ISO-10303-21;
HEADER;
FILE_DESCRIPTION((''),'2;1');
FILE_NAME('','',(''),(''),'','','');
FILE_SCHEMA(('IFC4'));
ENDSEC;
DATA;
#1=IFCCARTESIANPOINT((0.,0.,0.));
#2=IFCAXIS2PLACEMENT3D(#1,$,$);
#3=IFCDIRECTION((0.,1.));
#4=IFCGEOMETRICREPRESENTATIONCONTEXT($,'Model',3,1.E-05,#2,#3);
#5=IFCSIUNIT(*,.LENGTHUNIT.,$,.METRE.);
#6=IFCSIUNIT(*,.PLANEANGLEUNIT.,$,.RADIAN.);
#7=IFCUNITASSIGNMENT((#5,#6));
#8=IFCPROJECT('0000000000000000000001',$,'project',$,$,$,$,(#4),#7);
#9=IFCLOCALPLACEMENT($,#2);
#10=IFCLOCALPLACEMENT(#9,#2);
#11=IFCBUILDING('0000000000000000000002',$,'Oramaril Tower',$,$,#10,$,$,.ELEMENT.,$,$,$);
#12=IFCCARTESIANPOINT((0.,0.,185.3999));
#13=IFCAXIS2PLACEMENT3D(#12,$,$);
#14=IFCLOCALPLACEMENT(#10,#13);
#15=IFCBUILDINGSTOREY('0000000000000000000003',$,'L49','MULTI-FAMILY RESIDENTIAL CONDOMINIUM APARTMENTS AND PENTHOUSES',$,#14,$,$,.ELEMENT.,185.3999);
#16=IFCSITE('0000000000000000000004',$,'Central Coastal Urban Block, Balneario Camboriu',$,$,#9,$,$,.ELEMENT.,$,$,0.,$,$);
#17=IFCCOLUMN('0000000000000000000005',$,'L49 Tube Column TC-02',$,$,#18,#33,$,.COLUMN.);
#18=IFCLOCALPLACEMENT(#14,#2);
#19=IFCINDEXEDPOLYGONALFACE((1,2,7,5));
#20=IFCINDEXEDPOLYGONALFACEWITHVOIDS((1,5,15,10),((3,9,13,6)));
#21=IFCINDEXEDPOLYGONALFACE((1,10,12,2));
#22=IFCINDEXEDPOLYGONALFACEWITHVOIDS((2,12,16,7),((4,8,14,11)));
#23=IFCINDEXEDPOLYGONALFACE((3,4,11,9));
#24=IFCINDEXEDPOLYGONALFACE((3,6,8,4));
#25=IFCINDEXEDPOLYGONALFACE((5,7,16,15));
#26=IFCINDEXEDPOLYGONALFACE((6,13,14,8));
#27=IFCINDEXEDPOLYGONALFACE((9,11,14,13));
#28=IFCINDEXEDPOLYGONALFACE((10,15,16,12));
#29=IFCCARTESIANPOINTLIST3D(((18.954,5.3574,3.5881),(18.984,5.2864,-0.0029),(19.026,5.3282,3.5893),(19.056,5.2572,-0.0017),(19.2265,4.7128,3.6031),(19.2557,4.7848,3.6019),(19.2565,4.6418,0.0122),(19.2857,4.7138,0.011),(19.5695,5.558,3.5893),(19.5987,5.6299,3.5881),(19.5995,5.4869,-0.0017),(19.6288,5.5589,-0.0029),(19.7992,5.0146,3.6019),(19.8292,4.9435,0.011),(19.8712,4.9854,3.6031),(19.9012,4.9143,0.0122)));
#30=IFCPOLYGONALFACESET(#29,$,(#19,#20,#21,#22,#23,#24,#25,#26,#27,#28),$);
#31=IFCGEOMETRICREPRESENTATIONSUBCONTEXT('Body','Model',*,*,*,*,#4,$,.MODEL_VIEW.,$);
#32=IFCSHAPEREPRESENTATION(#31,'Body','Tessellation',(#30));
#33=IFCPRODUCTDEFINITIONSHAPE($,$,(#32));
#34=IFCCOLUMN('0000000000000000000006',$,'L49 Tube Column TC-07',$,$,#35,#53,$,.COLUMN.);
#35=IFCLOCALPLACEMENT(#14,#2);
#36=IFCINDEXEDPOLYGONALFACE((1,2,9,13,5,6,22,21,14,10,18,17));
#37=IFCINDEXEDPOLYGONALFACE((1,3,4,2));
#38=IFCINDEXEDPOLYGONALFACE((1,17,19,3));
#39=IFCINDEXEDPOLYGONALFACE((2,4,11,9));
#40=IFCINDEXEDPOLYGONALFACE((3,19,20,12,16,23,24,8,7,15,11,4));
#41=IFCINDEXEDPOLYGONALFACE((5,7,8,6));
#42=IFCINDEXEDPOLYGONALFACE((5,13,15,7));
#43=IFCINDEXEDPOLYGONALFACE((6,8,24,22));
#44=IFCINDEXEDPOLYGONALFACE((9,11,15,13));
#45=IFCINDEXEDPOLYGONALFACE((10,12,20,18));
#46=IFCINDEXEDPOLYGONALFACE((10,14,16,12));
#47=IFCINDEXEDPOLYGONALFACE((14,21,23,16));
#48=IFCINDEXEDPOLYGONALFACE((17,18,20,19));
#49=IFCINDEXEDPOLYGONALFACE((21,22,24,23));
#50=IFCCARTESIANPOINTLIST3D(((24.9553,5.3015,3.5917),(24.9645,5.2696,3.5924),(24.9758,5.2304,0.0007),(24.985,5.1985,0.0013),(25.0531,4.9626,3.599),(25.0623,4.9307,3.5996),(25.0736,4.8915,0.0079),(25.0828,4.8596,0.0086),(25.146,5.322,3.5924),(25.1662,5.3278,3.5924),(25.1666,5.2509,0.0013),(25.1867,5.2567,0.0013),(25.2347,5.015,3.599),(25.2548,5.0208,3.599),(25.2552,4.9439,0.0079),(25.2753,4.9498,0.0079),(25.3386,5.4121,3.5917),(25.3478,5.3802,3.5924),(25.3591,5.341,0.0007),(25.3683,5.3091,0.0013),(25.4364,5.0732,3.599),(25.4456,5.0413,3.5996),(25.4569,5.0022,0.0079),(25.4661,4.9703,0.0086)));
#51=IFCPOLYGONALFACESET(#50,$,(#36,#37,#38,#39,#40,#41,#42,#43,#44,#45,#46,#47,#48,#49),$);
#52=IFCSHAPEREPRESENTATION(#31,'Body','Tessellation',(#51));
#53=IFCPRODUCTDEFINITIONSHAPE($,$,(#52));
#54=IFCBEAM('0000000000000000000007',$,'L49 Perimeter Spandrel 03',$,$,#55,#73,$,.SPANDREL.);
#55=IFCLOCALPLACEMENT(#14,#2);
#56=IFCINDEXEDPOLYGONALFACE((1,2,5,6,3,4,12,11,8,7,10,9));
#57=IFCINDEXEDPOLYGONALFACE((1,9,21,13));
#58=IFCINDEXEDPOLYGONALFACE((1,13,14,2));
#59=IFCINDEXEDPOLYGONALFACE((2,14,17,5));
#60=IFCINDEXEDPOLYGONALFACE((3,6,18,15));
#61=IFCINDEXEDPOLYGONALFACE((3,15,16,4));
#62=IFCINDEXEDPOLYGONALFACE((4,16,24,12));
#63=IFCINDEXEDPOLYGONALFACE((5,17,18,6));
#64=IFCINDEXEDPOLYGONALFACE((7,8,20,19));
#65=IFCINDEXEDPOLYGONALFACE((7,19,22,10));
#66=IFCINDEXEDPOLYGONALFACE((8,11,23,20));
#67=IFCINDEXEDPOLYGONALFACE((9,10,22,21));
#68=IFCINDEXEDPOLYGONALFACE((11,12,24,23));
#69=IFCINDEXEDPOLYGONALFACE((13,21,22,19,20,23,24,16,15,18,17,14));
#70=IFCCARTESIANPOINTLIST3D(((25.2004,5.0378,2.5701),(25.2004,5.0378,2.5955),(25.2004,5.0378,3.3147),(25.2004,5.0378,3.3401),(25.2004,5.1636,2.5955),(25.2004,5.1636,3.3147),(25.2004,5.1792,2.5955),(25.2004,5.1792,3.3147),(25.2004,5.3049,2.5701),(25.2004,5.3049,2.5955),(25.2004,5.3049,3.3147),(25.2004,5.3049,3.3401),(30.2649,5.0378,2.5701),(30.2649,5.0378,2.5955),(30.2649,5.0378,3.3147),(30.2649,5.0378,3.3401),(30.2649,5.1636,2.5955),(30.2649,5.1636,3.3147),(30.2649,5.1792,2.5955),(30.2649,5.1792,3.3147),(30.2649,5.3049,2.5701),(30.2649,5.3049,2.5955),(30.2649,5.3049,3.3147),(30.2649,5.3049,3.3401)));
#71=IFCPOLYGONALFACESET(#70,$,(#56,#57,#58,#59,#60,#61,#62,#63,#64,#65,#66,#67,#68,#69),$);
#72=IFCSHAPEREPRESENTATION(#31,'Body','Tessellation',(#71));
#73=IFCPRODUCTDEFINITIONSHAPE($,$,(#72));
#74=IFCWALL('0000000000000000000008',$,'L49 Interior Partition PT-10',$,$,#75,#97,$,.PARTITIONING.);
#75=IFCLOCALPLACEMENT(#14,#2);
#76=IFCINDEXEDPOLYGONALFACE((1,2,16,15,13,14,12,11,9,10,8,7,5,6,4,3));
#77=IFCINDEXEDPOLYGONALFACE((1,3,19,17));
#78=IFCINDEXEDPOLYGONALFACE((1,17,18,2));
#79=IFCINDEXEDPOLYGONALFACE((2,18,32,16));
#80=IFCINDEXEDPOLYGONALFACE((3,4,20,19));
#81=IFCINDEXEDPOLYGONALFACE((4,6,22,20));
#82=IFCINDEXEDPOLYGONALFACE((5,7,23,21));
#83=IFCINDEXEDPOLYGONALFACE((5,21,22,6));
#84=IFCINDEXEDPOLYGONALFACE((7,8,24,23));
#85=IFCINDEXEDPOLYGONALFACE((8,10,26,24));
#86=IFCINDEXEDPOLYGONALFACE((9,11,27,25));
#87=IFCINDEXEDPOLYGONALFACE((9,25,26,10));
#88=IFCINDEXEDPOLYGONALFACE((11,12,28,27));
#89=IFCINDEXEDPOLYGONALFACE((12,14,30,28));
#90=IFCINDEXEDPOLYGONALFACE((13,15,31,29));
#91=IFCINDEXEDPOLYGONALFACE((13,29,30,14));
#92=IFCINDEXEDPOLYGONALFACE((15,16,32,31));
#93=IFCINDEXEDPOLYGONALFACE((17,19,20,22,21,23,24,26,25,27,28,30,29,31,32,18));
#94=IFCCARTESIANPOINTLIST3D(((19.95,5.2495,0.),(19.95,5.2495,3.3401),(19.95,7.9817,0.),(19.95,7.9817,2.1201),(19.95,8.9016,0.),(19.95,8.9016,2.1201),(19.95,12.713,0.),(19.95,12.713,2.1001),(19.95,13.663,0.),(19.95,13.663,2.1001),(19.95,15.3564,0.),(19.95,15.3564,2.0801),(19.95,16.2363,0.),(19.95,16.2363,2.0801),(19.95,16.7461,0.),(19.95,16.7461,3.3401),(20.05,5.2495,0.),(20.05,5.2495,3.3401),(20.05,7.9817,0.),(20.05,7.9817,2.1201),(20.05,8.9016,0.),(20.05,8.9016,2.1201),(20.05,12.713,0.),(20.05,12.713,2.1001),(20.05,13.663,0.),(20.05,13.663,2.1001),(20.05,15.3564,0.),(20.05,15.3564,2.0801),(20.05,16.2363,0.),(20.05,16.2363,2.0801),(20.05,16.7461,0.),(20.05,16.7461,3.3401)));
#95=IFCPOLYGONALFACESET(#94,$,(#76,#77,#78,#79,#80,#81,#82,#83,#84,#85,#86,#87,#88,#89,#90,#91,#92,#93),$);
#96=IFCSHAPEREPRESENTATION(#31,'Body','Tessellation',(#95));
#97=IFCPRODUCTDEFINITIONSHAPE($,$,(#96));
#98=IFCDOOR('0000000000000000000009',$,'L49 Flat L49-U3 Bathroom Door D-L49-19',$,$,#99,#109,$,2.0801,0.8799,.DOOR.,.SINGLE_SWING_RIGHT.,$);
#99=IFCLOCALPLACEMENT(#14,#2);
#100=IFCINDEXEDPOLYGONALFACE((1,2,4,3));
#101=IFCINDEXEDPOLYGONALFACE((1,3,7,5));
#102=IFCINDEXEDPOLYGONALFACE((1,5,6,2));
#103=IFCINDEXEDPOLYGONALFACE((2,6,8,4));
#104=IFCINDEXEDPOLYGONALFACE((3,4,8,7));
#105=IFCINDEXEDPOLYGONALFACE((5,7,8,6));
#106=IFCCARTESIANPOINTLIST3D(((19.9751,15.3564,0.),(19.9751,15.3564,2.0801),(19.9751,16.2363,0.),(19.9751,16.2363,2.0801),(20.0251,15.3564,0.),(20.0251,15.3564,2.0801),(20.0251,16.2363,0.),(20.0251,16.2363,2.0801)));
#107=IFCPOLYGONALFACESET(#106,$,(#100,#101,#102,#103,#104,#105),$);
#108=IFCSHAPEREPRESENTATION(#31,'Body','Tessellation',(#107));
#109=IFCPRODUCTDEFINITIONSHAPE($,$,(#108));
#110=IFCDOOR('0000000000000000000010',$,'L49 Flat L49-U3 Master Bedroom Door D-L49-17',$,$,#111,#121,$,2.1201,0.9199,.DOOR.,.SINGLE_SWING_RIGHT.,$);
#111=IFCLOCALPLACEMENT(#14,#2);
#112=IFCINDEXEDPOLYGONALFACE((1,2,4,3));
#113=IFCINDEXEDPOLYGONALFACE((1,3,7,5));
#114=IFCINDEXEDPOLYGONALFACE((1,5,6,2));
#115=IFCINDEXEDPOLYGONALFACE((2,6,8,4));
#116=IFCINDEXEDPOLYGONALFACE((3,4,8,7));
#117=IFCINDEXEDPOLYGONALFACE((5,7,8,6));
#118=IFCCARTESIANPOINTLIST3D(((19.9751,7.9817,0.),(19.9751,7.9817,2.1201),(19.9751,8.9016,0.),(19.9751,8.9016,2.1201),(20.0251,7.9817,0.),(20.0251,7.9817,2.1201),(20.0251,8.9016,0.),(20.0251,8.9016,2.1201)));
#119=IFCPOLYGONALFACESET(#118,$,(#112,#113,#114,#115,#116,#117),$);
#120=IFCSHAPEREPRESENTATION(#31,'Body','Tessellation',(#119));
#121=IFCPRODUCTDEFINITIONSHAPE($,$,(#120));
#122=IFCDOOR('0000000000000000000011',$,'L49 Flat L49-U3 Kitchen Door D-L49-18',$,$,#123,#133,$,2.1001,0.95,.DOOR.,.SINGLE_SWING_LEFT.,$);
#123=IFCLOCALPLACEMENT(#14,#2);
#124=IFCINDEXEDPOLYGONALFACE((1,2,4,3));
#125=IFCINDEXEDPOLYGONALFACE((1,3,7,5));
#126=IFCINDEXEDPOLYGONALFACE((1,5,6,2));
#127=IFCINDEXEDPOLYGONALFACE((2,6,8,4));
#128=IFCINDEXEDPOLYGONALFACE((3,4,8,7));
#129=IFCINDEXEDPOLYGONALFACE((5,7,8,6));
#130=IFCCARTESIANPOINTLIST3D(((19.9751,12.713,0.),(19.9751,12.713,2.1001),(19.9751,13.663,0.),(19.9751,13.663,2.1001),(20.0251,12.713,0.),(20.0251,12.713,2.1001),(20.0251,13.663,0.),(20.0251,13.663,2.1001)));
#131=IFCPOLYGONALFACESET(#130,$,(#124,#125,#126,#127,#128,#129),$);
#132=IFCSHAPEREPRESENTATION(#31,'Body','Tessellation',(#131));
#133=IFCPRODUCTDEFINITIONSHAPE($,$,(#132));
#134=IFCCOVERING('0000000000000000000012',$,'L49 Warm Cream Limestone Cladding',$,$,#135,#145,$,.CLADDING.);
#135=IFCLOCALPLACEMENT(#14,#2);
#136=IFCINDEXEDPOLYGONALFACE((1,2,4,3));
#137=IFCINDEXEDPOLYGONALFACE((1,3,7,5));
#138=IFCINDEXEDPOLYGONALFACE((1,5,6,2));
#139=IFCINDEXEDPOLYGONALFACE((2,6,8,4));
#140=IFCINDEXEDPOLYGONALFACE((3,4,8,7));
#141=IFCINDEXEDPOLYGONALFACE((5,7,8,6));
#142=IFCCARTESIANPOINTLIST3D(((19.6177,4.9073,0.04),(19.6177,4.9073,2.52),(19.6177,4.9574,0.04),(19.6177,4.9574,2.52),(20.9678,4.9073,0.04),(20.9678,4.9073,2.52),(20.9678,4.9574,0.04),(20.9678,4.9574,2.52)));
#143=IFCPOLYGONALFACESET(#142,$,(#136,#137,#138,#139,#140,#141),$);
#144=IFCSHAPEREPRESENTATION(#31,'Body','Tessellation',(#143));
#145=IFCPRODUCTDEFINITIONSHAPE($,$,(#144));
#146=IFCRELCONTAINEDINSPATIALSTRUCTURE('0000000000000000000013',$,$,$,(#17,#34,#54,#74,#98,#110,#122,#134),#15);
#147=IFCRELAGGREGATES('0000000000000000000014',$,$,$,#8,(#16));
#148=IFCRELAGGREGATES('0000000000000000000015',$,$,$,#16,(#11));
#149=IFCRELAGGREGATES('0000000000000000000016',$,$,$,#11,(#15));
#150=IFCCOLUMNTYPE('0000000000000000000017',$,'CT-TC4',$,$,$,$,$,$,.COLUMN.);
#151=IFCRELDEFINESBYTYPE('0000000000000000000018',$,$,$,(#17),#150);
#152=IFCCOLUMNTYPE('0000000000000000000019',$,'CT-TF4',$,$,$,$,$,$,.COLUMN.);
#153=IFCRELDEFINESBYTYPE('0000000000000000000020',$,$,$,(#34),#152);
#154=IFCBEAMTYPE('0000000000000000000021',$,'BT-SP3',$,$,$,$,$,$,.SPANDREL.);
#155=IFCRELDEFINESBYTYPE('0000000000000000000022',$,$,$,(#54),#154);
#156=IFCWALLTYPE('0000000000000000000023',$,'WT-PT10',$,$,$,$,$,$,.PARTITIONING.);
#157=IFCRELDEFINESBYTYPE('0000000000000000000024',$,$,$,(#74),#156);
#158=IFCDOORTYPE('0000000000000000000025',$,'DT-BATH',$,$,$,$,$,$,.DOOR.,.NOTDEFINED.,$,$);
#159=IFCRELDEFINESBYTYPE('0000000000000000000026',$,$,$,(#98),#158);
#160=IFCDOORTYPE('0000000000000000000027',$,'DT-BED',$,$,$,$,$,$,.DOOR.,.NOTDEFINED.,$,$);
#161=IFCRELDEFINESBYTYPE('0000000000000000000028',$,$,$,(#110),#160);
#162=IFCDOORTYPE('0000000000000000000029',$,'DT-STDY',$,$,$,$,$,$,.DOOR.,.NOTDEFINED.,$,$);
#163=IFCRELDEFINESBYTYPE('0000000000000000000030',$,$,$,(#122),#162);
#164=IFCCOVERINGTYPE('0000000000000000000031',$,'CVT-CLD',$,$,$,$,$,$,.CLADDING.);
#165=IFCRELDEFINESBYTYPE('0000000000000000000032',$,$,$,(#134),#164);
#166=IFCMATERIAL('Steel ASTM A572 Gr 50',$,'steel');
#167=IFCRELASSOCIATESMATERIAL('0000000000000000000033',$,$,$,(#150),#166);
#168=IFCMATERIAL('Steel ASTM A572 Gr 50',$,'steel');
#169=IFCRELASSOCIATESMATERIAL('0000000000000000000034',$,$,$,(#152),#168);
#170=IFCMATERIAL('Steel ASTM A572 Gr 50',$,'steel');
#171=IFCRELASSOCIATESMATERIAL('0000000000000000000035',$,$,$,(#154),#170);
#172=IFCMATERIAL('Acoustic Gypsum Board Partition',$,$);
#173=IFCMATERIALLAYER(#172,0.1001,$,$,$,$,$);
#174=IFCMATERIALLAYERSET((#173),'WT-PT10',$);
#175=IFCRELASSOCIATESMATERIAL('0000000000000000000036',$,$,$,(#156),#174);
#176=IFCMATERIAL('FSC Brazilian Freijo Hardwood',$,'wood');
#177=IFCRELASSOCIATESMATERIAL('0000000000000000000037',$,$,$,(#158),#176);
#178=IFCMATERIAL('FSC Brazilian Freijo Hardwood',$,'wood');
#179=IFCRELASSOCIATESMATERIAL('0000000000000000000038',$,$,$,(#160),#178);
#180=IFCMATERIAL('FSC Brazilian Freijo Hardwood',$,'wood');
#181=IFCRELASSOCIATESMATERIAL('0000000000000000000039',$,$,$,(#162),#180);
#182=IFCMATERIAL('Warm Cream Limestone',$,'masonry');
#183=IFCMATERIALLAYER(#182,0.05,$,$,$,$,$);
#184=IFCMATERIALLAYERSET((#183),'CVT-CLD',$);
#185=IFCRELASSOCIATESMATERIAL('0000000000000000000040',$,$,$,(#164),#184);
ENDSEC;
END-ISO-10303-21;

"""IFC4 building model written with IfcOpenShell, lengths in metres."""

from ifc_helpers import new_model, si_unit, direction, frame, frame_2d, origin, origin_2d, place, context, subcontext, project, spatial, rectangle, hollow_rectangle, i_section, extrude, material, layer, layer_set, material_profile, profile_set, type_object, element, fill, save


model = new_model("IFC4")

# Units and contexts
model_context = context("Model", 3, precision=1e-05, world=origin(), true_north=direction((0.0, 1.0)))
body_context = subcontext(model_context, "Body", "Model", "MODEL_VIEW")
ifc_project = project(units=[si_unit("LENGTHUNIT", "METRE"), si_unit("PLANEANGLEUNIT", "RADIAN")], contexts=[model_context])

# Site, building, storey
site_placement = place(None, origin())
site = spatial("IfcSite", under=ifc_project, at=site_placement, Name="Central Coastal Urban Block, Balneario Camboriu", CompositionType="ELEMENT", RefElevation=0.0)
building_placement = place(site_placement, origin())
building = spatial("IfcBuilding", under=site, at=building_placement, Name="Oramaril Tower", CompositionType="ELEMENT")
storey_placement = place(building_placement, frame((0.0, 0.0, 185.3999)))
storey = spatial("IfcBuildingStorey", under=building, at=storey_placement, Name="L49", Description="MULTI-FAMILY RESIDENTIAL CONDOMINIUM APARTMENTS AND PENTHOUSES", CompositionType="ELEMENT", Elevation=185.3999)

# Columns
ifc_material_1 = material(Name="Steel ASTM A572 Gr 50", Category="steel")
ifc_material_profile_1 = material_profile(ifc_material_1, hollow_rectangle(XDim=0.7, YDim=0.7, WallThickness=0.0549, at=origin_2d()), Name="BOX700X700X55")
ifc_profile_set_1 = profile_set([ifc_material_profile_1], Name="Steel ASTM A572 Gr 50")
column_type_1 = type_object("IfcColumnType", Name="CT-TC4", PredefinedType="COLUMN", material=ifc_profile_set_1)
column_1_placement = place(storey_placement, frame((19.4426, 5.1003, 0.0046), z_axis=(-0.00836, 0.019779, 0.999769), x_axis=(-0.921098, -0.38933, 0.0)))
element("IfcColumn", 1, at=column_1_placement, inside=storey, type_object=column_type_1, Name="L49 Tube Column TC-02", PredefinedType="COLUMN", context=body_context, shape_type="SweptSolid", body=[
    extrude(hollow_rectangle(XDim=0.7, YDim=0.7, WallThickness=0.0549, at=origin_2d()), origin(), (0.0, 0.0, 1.0), 3.5918),
])
ifc_material_2 = material(Name="Steel ASTM A572 Gr 50", Category="steel")
ifc_material_profile_2 = material_profile(ifc_material_2, i_section(OverallWidth=0.3989, OverallDepth=0.386, WebThickness=0.021, FlangeThickness=0.0332, at=origin_2d()), Name="W14X176")
ifc_profile_set_2 = profile_set([ifc_material_profile_2], Name="Steel ASTM A572 Gr 50")
column_type_2 = type_object("IfcColumnType", Name="CT-TF4", PredefinedType="COLUMN", material=ifc_profile_set_2)
column_2_placement = place(storey_placement, frame((25.2209, 5.1003, 0.0046), z_axis=(-0.00571, 0.01978, 0.999788), x_axis=(-0.960773, -0.277336, 0.0)))
element("IfcColumn", 2, at=column_2_placement, inside=storey, type_object=column_type_2, Name="L49 Tube Column TC-07", PredefinedType="COLUMN", context=body_context, shape_type="SweptSolid", body=[
    extrude(i_section(OverallWidth=0.3989, OverallDepth=0.386, WebThickness=0.021, FlangeThickness=0.0332, at=origin_2d()), origin(), (0.0, 0.0, 1.0), 3.5918),
])

# Beam
ifc_material_3 = material(Name="Steel ASTM A572 Gr 50", Category="steel")
ifc_material_profile_3 = material_profile(ifc_material_3, i_section(OverallWidth=0.2671, OverallDepth=0.77, WebThickness=0.0156, FlangeThickness=0.0254, at=origin_2d()), Name="W30X132")
ifc_profile_set_3 = profile_set([ifc_material_profile_3], Name="Steel ASTM A572 Gr 50")
beam_type = type_object("IfcBeamType", Name="BT-SP3", PredefinedType="SPANDREL", material=ifc_profile_set_3)
beam_placement = place(storey_placement, frame((25.2004, 5.1714, 2.9551), z_axis=(1.0, 0.0, 0.0), x_axis=(0.0, 1.0, 0.0)))
element("IfcBeam", 3, at=beam_placement, inside=storey, type_object=beam_type, Name="L49 Perimeter Spandrel 03", PredefinedType="SPANDREL", context=body_context, shape_type="SweptSolid", body=[
    extrude(i_section(OverallWidth=0.2671, OverallDepth=0.77, WebThickness=0.0156, FlangeThickness=0.0254, at=origin_2d()), origin(), (0.0, 0.0, 1.0), 5.0645),
])

# Wall, openings, doors
ifc_material_4 = material(Name="Acoustic Gypsum Board Partition")
ifc_layer_1 = layer(ifc_material_4, 0.1001)
ifc_layer_set_1 = layer_set([ifc_layer_1], Name="WT-PT10")
wall_type_1 = type_object("IfcWallType", Name="WT-PT10", PredefinedType="PARTITIONING", material=ifc_layer_set_1)
wall_1_placement = place(storey_placement, frame((20.0, 5.2495, 0.0), z_axis=(0.0, 0.0, 1.0), x_axis=(0.0, 1.0, 0.0)))
wall_1 = element("IfcWall", 4, at=wall_1_placement, inside=storey, type_object=wall_type_1, Name="L49 Interior Partition PT-10", PredefinedType="PARTITIONING", context=body_context, shape_type="SweptSolid", body=[
    extrude(rectangle(XDim=11.4966, YDim=0.1001, at=frame_2d((5.7483, 0.0))), origin(), (0.0, 0.0, 1.0), 3.3401),
])
opening_1_placement = place(wall_1_placement, frame((2.7322, 0.0, 0.0)))
opening_1 = element("IfcOpeningElement", 5, at=opening_1_placement, cuts=wall_1, PredefinedType="OPENING", context=body_context, shape_type="SweptSolid", body=[
    extrude(rectangle(XDim=0.9199, YDim=2.1201, at=frame_2d((0.46, 1.0601))), frame((0.0, 0.05, 0.0), z_axis=(0.0, -1.0, 0.0), x_axis=(1.0, 0.0, 0.0)), (0.0, 0.0, 1.0), 0.1001),
])
opening_2_placement = place(wall_1_placement, frame((7.4634, 0.0, 0.0)))
opening_2 = element("IfcOpeningElement", 6, at=opening_2_placement, cuts=wall_1, PredefinedType="OPENING", context=body_context, shape_type="SweptSolid", body=[
    extrude(rectangle(XDim=0.95, YDim=2.1001, at=frame_2d((0.4751, 1.05))), frame((0.0, 0.05, 0.0), z_axis=(0.0, -1.0, 0.0), x_axis=(1.0, 0.0, 0.0)), (0.0, 0.0, 1.0), 0.1001),
])
opening_3_placement = place(wall_1_placement, frame((10.1069, 0.0, 0.0)))
opening_3 = element("IfcOpeningElement", 7, at=opening_3_placement, cuts=wall_1, PredefinedType="OPENING", context=body_context, shape_type="SweptSolid", body=[
    extrude(rectangle(XDim=0.8799, YDim=2.0801, at=frame_2d((0.4399, 1.04))), frame((0.0, 0.05, 0.0), z_axis=(0.0, -1.0, 0.0), x_axis=(1.0, 0.0, 0.0)), (0.0, 0.0, 1.0), 0.1001),
])
ifc_material_5 = material(Name="FSC Brazilian Freijo Hardwood", Category="wood")
door_type_1 = type_object("IfcDoorType", Name="DT-BATH", OperationType="NOTDEFINED", PredefinedType="DOOR", material=ifc_material_5)
door_1_placement = place(opening_3_placement, origin())
door_1 = element("IfcDoor", 8, at=door_1_placement, inside=storey, type_object=door_type_1, Name="L49 Flat L49-U3 Bathroom Door D-L49-19", OperationType="SINGLE_SWING_RIGHT", OverallHeight=2.0801, OverallWidth=0.8799, PredefinedType="DOOR", context=body_context, shape_type="SweptSolid", body=[
    extrude(rectangle(XDim=0.8799, YDim=2.0801, at=frame_2d((0.4399, 1.04))), frame((0.0, 0.0249, 0.0), z_axis=(0.0, -1.0, 0.0), x_axis=(1.0, 0.0, 0.0)), (0.0, 0.0, 1.0), 0.05),
])
fill(opening_3, door_1)
ifc_material_6 = material(Name="FSC Brazilian Freijo Hardwood", Category="wood")
door_type_2 = type_object("IfcDoorType", Name="DT-BED", OperationType="NOTDEFINED", PredefinedType="DOOR", material=ifc_material_6)
door_2_placement = place(opening_1_placement, origin())
door_2 = element("IfcDoor", 9, at=door_2_placement, inside=storey, type_object=door_type_2, Name="L49 Flat L49-U3 Master Bedroom Door D-L49-17", OperationType="SINGLE_SWING_RIGHT", OverallHeight=2.1201, OverallWidth=0.9199, PredefinedType="DOOR", context=body_context, shape_type="SweptSolid", body=[
    extrude(rectangle(XDim=0.9199, YDim=2.1201, at=frame_2d((0.46, 1.0601))), frame((0.0, 0.0249, 0.0), z_axis=(0.0, -1.0, 0.0), x_axis=(1.0, 0.0, 0.0)), (0.0, 0.0, 1.0), 0.05),
])
fill(opening_1, door_2)
ifc_material_7 = material(Name="FSC Brazilian Freijo Hardwood", Category="wood")
door_type_3 = type_object("IfcDoorType", Name="DT-STDY", OperationType="NOTDEFINED", PredefinedType="DOOR", material=ifc_material_7)
door_3_placement = place(opening_2_placement, origin())
door_3 = element("IfcDoor", 10, at=door_3_placement, inside=storey, type_object=door_type_3, Name="L49 Flat L49-U3 Kitchen Door D-L49-18", OperationType="SINGLE_SWING_LEFT", OverallHeight=2.1001, OverallWidth=0.95, PredefinedType="DOOR", context=body_context, shape_type="SweptSolid", body=[
    extrude(rectangle(XDim=0.95, YDim=2.1001, at=frame_2d((0.4751, 1.05))), frame((0.0, 0.0249, 0.0), z_axis=(0.0, -1.0, 0.0), x_axis=(1.0, 0.0, 0.0)), (0.0, 0.0, 1.0), 0.05),
])
fill(opening_2, door_3)

# Covering
ifc_material_8 = material(Name="Warm Cream Limestone", Category="masonry")
ifc_layer_2 = layer(ifc_material_8, 0.05)
ifc_layer_set_2 = layer_set([ifc_layer_2], Name="CVT-CLD")
covering_type = type_object("IfcCoveringType", Name="CVT-CLD", PredefinedType="CLADDING", material=ifc_layer_set_2)
covering_placement = place(storey_placement, frame((20.2927, 4.9324, 0.04), z_axis=(0.0, 0.0, 1.0), x_axis=(1.0, 0.0, 0.0)))
element("IfcCovering", 11, at=covering_placement, inside=storey, type_object=covering_type, Name="L49 Warm Cream Limestone Cladding", PredefinedType="CLADDING", context=body_context, shape_type="SweptSolid", body=[
    extrude(rectangle(XDim=1.3501, YDim=0.05, at=origin_2d()), origin(), (0.0, 0.0, 1.0), 2.48),
])

save(model, "model.ifc")
